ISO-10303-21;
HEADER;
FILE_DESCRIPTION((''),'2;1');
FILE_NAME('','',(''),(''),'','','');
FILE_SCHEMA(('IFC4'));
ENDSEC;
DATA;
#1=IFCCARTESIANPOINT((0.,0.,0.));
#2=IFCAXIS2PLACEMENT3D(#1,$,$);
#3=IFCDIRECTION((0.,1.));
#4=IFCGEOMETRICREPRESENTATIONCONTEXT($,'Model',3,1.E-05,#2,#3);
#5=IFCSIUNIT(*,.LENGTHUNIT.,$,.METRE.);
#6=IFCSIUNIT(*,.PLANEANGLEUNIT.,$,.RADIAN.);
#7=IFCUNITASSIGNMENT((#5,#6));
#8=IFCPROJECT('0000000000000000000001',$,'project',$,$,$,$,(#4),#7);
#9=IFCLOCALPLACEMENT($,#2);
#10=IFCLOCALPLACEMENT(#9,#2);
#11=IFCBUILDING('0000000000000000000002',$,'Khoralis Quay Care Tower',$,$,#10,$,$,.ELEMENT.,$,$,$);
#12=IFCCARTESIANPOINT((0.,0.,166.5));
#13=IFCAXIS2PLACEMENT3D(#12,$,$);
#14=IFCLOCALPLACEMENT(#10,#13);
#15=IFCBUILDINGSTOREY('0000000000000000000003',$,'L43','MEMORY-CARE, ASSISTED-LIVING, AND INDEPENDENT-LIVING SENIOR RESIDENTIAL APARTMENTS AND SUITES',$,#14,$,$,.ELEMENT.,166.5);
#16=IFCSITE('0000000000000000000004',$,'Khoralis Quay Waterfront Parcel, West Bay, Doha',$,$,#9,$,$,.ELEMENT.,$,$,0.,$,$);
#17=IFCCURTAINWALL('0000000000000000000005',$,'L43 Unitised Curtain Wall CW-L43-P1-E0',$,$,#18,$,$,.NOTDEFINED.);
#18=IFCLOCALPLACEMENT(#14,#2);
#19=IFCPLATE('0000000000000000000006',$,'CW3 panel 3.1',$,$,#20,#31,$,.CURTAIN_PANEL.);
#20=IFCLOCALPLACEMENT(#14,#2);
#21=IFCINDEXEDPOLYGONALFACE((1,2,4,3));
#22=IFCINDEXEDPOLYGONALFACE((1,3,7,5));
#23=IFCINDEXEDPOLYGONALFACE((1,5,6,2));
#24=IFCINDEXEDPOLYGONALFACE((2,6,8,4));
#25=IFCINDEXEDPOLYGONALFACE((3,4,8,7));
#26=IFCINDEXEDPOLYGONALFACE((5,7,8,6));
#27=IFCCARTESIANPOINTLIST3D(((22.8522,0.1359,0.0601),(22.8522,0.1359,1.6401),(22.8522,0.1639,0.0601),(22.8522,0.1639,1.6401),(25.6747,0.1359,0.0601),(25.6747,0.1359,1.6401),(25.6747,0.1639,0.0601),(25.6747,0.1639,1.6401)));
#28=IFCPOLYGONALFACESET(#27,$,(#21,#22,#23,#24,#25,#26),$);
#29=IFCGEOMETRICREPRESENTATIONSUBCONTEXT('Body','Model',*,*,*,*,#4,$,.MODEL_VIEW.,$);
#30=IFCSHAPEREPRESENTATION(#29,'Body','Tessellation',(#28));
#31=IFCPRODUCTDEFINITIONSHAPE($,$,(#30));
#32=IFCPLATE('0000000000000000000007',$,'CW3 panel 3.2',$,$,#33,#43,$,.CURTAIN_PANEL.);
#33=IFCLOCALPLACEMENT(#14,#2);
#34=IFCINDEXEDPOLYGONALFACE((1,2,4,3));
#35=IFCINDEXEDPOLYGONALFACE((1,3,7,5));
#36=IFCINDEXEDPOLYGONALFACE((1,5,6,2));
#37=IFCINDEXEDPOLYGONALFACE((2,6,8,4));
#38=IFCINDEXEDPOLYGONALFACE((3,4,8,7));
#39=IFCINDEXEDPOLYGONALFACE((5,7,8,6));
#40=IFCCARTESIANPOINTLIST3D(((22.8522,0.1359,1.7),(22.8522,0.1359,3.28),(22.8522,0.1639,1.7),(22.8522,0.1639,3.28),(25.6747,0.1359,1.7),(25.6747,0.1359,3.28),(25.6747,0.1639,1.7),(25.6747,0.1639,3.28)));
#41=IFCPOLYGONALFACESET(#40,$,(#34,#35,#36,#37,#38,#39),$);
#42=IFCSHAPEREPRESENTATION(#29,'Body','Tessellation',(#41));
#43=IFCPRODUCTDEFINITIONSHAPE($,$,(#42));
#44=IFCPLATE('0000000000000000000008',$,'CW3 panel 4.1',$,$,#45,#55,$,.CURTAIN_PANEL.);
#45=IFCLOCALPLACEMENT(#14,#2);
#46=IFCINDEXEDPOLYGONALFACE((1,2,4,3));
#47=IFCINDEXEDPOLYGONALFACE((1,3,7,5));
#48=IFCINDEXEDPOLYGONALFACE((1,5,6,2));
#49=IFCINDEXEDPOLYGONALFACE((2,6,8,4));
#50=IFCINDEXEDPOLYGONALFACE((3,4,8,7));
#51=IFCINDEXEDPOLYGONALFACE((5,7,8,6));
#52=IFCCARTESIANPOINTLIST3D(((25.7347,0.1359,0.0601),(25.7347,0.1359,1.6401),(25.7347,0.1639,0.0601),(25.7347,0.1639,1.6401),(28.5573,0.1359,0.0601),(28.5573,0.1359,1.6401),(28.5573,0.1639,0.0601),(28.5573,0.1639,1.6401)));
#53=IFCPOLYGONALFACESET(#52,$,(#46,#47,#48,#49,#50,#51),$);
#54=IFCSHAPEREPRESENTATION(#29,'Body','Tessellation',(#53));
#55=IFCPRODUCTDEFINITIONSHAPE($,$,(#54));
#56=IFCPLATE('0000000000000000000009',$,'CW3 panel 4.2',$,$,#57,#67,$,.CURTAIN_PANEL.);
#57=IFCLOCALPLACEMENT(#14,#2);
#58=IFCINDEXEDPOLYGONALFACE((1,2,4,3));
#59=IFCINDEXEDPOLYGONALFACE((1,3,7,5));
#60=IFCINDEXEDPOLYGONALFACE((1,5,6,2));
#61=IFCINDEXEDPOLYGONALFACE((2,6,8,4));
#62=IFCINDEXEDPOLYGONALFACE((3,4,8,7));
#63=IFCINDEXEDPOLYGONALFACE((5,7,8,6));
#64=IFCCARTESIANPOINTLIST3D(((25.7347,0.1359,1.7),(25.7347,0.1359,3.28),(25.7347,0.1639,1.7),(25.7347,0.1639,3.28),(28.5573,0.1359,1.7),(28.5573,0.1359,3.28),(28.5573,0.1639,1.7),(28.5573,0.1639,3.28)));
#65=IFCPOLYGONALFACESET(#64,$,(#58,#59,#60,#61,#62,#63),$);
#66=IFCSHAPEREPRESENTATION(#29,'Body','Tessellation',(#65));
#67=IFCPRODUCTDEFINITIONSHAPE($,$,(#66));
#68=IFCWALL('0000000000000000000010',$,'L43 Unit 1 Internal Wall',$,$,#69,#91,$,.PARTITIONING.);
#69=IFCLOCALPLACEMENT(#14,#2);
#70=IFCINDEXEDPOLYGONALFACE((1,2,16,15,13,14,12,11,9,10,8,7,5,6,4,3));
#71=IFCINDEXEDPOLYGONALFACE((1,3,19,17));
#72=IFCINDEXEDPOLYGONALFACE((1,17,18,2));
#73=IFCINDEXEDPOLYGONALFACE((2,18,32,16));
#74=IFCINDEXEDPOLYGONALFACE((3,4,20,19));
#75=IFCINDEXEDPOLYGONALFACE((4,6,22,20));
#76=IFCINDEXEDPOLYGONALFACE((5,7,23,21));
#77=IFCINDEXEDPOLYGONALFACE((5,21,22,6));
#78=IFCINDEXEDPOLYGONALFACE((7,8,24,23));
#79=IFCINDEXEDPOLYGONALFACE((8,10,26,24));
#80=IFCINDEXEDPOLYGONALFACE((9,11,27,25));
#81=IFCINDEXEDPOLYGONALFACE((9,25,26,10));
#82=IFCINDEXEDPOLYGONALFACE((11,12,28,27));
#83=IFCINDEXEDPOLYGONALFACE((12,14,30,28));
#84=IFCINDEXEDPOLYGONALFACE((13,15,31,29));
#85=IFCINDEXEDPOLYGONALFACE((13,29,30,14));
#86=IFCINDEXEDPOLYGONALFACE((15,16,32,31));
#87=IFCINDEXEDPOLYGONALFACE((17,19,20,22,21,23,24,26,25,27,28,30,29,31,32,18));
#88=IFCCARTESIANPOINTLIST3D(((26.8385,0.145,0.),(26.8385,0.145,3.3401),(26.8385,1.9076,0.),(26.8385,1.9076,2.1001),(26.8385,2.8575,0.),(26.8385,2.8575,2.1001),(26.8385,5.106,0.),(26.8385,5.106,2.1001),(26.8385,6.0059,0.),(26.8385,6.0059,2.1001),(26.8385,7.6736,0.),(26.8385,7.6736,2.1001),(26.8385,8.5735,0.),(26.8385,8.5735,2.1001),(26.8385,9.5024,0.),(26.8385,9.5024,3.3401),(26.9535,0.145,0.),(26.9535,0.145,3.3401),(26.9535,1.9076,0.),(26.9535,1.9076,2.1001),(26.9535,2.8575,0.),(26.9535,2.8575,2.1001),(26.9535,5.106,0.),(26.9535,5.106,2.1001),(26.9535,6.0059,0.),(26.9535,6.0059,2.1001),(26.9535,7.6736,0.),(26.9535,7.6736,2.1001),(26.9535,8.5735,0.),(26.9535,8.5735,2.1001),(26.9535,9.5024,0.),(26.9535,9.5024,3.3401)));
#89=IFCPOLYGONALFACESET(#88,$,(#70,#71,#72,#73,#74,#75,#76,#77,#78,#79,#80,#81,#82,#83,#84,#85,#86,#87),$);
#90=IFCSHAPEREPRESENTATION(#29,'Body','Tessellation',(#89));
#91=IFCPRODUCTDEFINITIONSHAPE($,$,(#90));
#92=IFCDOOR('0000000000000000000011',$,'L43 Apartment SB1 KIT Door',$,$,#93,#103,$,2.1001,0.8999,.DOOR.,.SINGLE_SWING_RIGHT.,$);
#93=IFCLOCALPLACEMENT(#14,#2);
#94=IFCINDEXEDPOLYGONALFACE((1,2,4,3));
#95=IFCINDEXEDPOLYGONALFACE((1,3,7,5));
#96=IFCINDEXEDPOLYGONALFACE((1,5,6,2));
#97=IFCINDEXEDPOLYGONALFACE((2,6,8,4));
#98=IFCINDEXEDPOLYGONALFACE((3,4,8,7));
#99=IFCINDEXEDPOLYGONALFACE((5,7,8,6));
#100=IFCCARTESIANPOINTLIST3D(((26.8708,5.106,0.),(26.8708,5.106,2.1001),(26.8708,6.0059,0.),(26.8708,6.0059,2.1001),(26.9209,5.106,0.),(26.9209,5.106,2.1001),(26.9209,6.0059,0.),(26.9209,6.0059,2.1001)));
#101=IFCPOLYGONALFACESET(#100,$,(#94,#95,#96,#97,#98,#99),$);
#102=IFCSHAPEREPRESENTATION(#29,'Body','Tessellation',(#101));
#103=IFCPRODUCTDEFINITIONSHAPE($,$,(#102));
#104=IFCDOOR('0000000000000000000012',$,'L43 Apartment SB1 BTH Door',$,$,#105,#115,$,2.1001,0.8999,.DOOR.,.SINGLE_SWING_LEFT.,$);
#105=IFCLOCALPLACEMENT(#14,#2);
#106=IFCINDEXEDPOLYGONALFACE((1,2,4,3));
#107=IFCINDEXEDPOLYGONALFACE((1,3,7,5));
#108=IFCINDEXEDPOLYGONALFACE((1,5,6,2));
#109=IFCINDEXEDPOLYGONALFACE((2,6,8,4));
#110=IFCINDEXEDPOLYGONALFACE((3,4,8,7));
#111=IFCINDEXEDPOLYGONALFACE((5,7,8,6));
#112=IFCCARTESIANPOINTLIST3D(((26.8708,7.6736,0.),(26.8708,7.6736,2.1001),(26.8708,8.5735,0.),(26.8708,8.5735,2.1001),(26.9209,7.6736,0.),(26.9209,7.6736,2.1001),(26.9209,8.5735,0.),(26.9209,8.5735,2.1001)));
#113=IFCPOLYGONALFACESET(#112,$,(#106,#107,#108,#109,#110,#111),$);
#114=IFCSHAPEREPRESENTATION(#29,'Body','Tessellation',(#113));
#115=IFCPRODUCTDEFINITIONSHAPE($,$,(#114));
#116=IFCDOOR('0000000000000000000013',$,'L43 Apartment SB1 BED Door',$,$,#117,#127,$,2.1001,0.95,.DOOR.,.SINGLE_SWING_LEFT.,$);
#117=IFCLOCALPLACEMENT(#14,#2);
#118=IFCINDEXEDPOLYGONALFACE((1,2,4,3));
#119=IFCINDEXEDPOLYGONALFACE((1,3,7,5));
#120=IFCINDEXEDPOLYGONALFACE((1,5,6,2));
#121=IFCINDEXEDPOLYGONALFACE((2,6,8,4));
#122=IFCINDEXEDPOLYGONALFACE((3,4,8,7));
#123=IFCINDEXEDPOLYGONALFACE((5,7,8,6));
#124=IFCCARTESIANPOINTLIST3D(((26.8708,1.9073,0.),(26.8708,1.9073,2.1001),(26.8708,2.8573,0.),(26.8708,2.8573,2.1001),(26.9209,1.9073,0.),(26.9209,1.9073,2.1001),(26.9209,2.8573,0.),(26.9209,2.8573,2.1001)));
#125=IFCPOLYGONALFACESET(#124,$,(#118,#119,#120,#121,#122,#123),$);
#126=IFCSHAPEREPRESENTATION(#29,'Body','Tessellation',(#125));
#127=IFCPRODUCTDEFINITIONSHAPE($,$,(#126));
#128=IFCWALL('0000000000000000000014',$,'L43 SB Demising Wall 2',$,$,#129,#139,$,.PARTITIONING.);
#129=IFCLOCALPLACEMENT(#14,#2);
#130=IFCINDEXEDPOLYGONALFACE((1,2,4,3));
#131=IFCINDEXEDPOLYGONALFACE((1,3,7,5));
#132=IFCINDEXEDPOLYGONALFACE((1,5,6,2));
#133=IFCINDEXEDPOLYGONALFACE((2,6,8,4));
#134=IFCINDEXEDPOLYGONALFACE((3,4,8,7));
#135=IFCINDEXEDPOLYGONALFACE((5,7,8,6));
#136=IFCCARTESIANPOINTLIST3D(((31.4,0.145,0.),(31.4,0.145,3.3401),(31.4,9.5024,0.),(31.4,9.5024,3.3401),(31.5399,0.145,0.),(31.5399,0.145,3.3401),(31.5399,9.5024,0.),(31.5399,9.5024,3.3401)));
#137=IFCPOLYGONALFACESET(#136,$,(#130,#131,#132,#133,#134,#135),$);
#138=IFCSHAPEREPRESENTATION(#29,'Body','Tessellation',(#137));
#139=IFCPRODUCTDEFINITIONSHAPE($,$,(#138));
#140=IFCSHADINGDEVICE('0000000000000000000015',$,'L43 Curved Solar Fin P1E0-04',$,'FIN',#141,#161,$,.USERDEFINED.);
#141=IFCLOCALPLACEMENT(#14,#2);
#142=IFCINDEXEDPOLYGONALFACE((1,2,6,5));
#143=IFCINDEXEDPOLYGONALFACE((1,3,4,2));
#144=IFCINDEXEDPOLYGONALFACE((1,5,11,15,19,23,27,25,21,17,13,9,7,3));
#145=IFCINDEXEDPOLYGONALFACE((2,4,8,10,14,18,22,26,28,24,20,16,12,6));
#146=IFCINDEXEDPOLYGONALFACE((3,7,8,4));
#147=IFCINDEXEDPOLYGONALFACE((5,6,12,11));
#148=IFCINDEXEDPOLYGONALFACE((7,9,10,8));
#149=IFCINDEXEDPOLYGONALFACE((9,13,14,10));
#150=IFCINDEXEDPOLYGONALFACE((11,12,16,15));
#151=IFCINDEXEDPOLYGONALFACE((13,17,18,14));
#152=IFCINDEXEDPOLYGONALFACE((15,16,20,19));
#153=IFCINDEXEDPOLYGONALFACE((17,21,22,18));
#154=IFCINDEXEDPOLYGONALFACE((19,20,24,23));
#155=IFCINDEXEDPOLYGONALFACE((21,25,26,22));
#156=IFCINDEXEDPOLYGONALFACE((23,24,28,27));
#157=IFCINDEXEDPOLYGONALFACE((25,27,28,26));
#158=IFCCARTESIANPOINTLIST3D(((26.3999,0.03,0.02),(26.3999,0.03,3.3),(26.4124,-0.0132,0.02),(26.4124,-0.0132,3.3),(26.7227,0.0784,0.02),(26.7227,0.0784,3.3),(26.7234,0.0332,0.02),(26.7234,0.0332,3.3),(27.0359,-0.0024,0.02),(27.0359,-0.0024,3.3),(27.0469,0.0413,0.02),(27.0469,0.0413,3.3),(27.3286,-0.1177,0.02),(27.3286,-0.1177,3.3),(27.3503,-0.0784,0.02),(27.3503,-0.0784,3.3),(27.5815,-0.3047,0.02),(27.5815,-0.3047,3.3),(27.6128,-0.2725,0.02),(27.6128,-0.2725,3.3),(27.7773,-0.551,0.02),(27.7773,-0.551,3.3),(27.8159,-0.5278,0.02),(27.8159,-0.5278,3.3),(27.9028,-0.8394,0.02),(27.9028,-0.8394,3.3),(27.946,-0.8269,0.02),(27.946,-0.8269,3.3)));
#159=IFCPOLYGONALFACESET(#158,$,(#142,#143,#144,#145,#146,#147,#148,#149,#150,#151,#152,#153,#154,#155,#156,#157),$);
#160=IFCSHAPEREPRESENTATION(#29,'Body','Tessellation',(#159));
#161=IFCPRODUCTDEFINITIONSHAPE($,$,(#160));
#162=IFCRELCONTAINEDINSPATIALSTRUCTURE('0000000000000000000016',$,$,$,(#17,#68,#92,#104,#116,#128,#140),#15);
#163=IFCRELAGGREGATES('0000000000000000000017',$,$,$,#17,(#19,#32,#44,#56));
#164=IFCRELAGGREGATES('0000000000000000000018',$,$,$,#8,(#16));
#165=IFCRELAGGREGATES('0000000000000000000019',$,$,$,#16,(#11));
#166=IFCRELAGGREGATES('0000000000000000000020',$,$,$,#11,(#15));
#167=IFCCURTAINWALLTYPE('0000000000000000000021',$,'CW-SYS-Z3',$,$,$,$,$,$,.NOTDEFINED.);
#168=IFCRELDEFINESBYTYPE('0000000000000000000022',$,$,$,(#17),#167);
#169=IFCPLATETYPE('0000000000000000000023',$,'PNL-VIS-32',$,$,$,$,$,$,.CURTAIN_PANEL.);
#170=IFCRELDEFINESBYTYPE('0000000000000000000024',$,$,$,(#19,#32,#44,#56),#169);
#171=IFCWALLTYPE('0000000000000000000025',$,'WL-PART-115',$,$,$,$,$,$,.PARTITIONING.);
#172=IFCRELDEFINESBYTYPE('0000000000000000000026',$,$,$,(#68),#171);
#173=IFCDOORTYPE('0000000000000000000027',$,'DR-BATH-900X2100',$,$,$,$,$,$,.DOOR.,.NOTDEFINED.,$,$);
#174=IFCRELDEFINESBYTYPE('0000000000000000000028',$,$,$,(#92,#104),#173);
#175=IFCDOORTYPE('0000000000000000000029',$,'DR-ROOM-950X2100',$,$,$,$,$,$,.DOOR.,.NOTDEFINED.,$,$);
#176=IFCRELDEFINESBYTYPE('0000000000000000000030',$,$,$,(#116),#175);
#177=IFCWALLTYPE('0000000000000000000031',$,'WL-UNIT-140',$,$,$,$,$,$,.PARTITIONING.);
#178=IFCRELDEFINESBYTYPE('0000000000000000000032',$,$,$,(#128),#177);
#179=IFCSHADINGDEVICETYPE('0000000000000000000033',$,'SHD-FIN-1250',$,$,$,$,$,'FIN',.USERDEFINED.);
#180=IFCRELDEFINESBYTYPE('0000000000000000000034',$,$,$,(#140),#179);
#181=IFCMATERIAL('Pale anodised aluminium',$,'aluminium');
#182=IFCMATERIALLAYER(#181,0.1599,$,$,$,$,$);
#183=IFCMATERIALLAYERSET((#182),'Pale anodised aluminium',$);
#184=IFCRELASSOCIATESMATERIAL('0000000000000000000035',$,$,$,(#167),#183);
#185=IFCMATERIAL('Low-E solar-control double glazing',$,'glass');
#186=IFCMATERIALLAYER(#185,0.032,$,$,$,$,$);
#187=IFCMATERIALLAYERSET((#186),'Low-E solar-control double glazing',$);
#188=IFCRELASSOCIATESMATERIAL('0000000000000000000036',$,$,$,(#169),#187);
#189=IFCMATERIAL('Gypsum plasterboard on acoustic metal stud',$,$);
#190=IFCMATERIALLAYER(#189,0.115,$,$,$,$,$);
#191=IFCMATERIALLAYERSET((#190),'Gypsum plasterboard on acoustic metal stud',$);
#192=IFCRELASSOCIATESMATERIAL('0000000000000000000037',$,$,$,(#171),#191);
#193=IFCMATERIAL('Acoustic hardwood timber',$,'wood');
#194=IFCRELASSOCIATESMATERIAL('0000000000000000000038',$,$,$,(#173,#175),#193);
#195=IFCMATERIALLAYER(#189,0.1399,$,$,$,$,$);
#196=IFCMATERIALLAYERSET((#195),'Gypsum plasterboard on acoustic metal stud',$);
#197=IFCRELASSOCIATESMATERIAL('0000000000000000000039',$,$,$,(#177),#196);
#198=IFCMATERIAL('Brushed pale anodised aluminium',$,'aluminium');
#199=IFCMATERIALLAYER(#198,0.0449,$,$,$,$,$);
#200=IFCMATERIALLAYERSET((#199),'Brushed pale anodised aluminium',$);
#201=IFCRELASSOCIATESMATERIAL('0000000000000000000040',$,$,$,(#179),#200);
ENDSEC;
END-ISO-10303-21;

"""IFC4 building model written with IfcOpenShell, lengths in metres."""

from ifc_helpers import new_model, si_unit, direction, frame, frame_2d, origin, origin_2d, place, context, subcontext, project, spatial, polyline, rectangle, outline, extrude, source, transform, mapped, material, layer, layer_set, type_object, element, fill, aggregate, save


model = new_model("IFC4")

# Units and contexts
model_context = context("Model", 3, precision=1e-05, world=origin(), true_north=direction((0.0, 1.0)))
body_context = subcontext(model_context, "Body", "Model", "MODEL_VIEW")
ifc_project = project(units=[si_unit("LENGTHUNIT", "METRE"), si_unit("PLANEANGLEUNIT", "RADIAN")], contexts=[model_context])

# Site, building, storey
site_placement = place(None, origin())
site = spatial("IfcSite", under=ifc_project, at=site_placement, Name="Khoralis Quay Waterfront Parcel, West Bay, Doha", CompositionType="ELEMENT", RefElevation=0.0)
building_placement = place(site_placement, origin())
building = spatial("IfcBuilding", under=site, at=building_placement, Name="Khoralis Quay Care Tower", CompositionType="ELEMENT")
storey_placement = place(building_placement, frame((0.0, 0.0, 166.5)))
storey = spatial("IfcBuildingStorey", under=building, at=storey_placement, Name="L43", Description="MEMORY-CARE, ASSISTED-LIVING, AND INDEPENDENT-LIVING SENIOR RESIDENTIAL APARTMENTS AND SUITES", CompositionType="ELEMENT", Elevation=166.5)

# Curtain wall, plates
ifc_material_1 = material(Name="Pale anodised aluminium", Category="aluminium")
ifc_layer_1 = layer(ifc_material_1, 0.1599)
ifc_layer_set_1 = layer_set([ifc_layer_1], Name="Pale anodised aluminium")
curtain_wall_type = type_object("IfcCurtainWallType", Name="CW-SYS-Z3", PredefinedType="NOTDEFINED", material=ifc_layer_set_1)
curtain_wall_placement = place(storey_placement, origin())
curtain_wall = element("IfcCurtainWall", 1, at=curtain_wall_placement, inside=storey, type_object=curtain_wall_type, Name="L43 Unitised Curtain Wall CW-L43-P1-E0", PredefinedType="NOTDEFINED")
ifc_material_2 = material(Name="Low-E solar-control double glazing", Category="glass")
ifc_layer_2 = layer(ifc_material_2, 0.032)
ifc_layer_set_2 = layer_set([ifc_layer_2], Name="Low-E solar-control double glazing")
plate_type = type_object("IfcPlateType", Name="PNL-VIS-32", PredefinedType="CURTAIN_PANEL", material=ifc_layer_set_2)
shared_shape_1 = source(origin(), body_context, "Body", "SweptSolid", [
    extrude(rectangle(XDim=2.8225, YDim=0.0281, at=origin_2d()), origin(), (0.0, 0.0, 1.0), 1.5801),
])
plate_1_placement = place(storey_placement, frame((24.2634, 0.1499, 0.0601), z_axis=(0.0, 0.0, 1.0), x_axis=(1.0, 0.0, 0.0)))
plate_1 = element("IfcPlate", 2, at=plate_1_placement, type_object=plate_type, Name="CW3 panel 3.1", PredefinedType="CURTAIN_PANEL", context=body_context, shape_type="MappedRepresentation", body=[
    mapped(shared_shape_1, transform((0.0, 0.0, 0.0), scale=1.0)),
])
plate_2_placement = place(storey_placement, frame((24.2634, 0.1499, 1.7), z_axis=(0.0, 0.0, 1.0), x_axis=(1.0, 0.0, 0.0)))
plate_2 = element("IfcPlate", 3, at=plate_2_placement, type_object=plate_type, Name="CW3 panel 3.2", PredefinedType="CURTAIN_PANEL", context=body_context, shape_type="MappedRepresentation", body=[
    mapped(shared_shape_1, transform((0.0, 0.0, 0.0), scale=1.0)),
])
plate_3_placement = place(storey_placement, frame((27.146, 0.1499, 0.0601), z_axis=(0.0, 0.0, 1.0), x_axis=(1.0, 0.0, 0.0)))
plate_3 = element("IfcPlate", 4, at=plate_3_placement, type_object=plate_type, Name="CW3 panel 4.1", PredefinedType="CURTAIN_PANEL", context=body_context, shape_type="MappedRepresentation", body=[
    mapped(shared_shape_1, transform((0.0, 0.0, 0.0), scale=1.0)),
])
plate_4_placement = place(storey_placement, frame((27.146, 0.1499, 1.7), z_axis=(0.0, 0.0, 1.0), x_axis=(1.0, 0.0, 0.0)))
plate_4 = element("IfcPlate", 5, at=plate_4_placement, type_object=plate_type, Name="CW3 panel 4.2", PredefinedType="CURTAIN_PANEL", context=body_context, shape_type="MappedRepresentation", body=[
    mapped(shared_shape_1, transform((0.0, 0.0, 0.0), scale=1.0)),
])
aggregate(curtain_wall, [plate_1, plate_2, plate_3, plate_4])

# Wall, openings, doors
ifc_material_3 = material(Name="Gypsum plasterboard on acoustic metal stud")
ifc_layer_3 = layer(ifc_material_3, 0.115)
ifc_layer_set_3 = layer_set([ifc_layer_3], Name="Gypsum plasterboard on acoustic metal stud")
wall_type_1 = type_object("IfcWallType", Name="WL-PART-115", PredefinedType="PARTITIONING", material=ifc_layer_set_3)
wall_1_placement = place(storey_placement, frame((26.896, 0.145, 0.0), z_axis=(0.0, 0.0, 1.0), x_axis=(0.0, 1.0, 0.0)))
wall_1 = element("IfcWall", 6, at=wall_1_placement, inside=storey, type_object=wall_type_1, Name="L43 Unit 1 Internal Wall", PredefinedType="PARTITIONING", context=body_context, shape_type="SweptSolid", body=[
    extrude(rectangle(XDim=9.3574, YDim=0.115, at=frame_2d((4.6787, 0.0))), origin(), (0.0, 0.0, 1.0), 3.3401),
])
opening_1_placement = place(wall_1_placement, frame((1.7625, 0.0, 0.0)))
opening_1 = element("IfcOpeningElement", 7, at=opening_1_placement, cuts=wall_1, PredefinedType="OPENING", context=body_context, shape_type="SweptSolid", body=[
    extrude(rectangle(XDim=0.95, YDim=2.1001, at=frame_2d((0.4751, 1.05))), frame((0.0, 0.0674, 0.0), z_axis=(0.0, -1.0, 0.0), x_axis=(1.0, 0.0, 0.0)), (0.0, 0.0, 1.0), 0.135),
])
opening_2_placement = place(wall_1_placement, frame((4.9609, 0.0, 0.0)))
opening_2 = element("IfcOpeningElement", 8, at=opening_2_placement, cuts=wall_1, PredefinedType="OPENING", context=body_context, shape_type="SweptSolid", body=[
    extrude(rectangle(XDim=0.8999, YDim=2.1001, at=frame_2d((0.45, 1.05))), frame((0.0, 0.0674, 0.0), z_axis=(0.0, -1.0, 0.0), x_axis=(1.0, 0.0, 0.0)), (0.0, 0.0, 1.0), 0.135),
])
opening_3_placement = place(wall_1_placement, frame((7.5286, 0.0, 0.0)))
opening_3 = element("IfcOpeningElement", 9, at=opening_3_placement, cuts=wall_1, PredefinedType="OPENING", context=body_context, shape_type="SweptSolid", body=[
    extrude(rectangle(XDim=0.8999, YDim=2.1001, at=frame_2d((0.45, 1.05))), frame((0.0, 0.0674, 0.0), z_axis=(0.0, -1.0, 0.0), x_axis=(1.0, 0.0, 0.0)), (0.0, 0.0, 1.0), 0.135),
])
ifc_material_4 = material(Name="Acoustic hardwood timber", Category="wood")
door_type_1 = type_object("IfcDoorType", Name="DR-BATH-900X2100", OperationType="NOTDEFINED", PredefinedType="DOOR", material=ifc_material_4)
shared_shape_2 = source(origin(), body_context, "Body", "SweptSolid", [
    extrude(rectangle(XDim=0.8999, YDim=2.1001, at=frame_2d((0.45, 1.05))), frame((0.0, 0.0249, 0.0), z_axis=(0.0, -1.0, 0.0), x_axis=(1.0, 0.0, 0.0)), (0.0, 0.0, 1.0), 0.05),
])
door_1_placement = place(opening_2_placement, frame((0.8999, 0.0, 0.0), z_axis=(0.0, 0.0, 1.0), x_axis=(-1.0, 0.0, 0.0)))
door_1 = element("IfcDoor", 10, at=door_1_placement, inside=storey, type_object=door_type_1, Name="L43 Apartment SB1 KIT Door", OperationType="SINGLE_SWING_RIGHT", OverallHeight=2.1001, OverallWidth=0.8999, PredefinedType="DOOR", context=body_context, shape_type="MappedRepresentation", body=[
    mapped(shared_shape_2, transform((0.0, 0.0, 0.0), scale=1.0)),
])
fill(opening_2, door_1)
door_2_placement = place(opening_3_placement, frame((0.8999, 0.0, 0.0), z_axis=(0.0, 0.0, 1.0), x_axis=(-1.0, 0.0, 0.0)))
door_2 = element("IfcDoor", 11, at=door_2_placement, inside=storey, type_object=door_type_1, Name="L43 Apartment SB1 BTH Door", OperationType="SINGLE_SWING_LEFT", OverallHeight=2.1001, OverallWidth=0.8999, PredefinedType="DOOR", context=body_context, shape_type="MappedRepresentation", body=[
    mapped(shared_shape_2, transform((0.0, 0.0, 0.0), scale=1.0)),
])
fill(opening_3, door_2)
door_type_2 = type_object("IfcDoorType", Name="DR-ROOM-950X2100", OperationType="NOTDEFINED", PredefinedType="DOOR", material=ifc_material_4)
shared_shape_3 = source(origin(), body_context, "Body", "SweptSolid", [
    extrude(rectangle(XDim=0.95, YDim=2.1001, at=frame_2d((0.4751, 1.05))), frame((0.0, 0.0249, 0.0), z_axis=(0.0, -1.0, 0.0), x_axis=(1.0, 0.0, 0.0)), (0.0, 0.0, 1.0), 0.05),
])
door_3_placement = place(opening_1_placement, frame((0.95, 0.0, 0.0), z_axis=(0.0, 0.0, 1.0), x_axis=(-1.0, 0.0, 0.0)))
door_3 = element("IfcDoor", 12, at=door_3_placement, inside=storey, type_object=door_type_2, Name="L43 Apartment SB1 BED Door", OperationType="SINGLE_SWING_LEFT", OverallHeight=2.1001, OverallWidth=0.95, PredefinedType="DOOR", context=body_context, shape_type="MappedRepresentation", body=[
    mapped(shared_shape_3, transform((0.0, 0.0, 0.0), scale=1.0)),
])
fill(opening_1, door_3)

# Wall
ifc_layer_4 = layer(ifc_material_3, 0.1399)
ifc_layer_set_4 = layer_set([ifc_layer_4], Name="Gypsum plasterboard on acoustic metal stud")
wall_type_2 = type_object("IfcWallType", Name="WL-UNIT-140", PredefinedType="PARTITIONING", material=ifc_layer_set_4)
wall_2_placement = place(storey_placement, frame((31.47, 0.145, 0.0), z_axis=(0.0, 0.0, 1.0), x_axis=(0.0, 1.0, 0.0)))
element("IfcWall", 13, at=wall_2_placement, inside=storey, type_object=wall_type_2, Name="L43 SB Demising Wall 2", PredefinedType="PARTITIONING", context=body_context, shape_type="SweptSolid", body=[
    extrude(rectangle(XDim=9.3574, YDim=0.1399, at=frame_2d((4.6787, 0.0))), origin(), (0.0, 0.0, 1.0), 3.3401),
])

# Shading device
ifc_material_5 = material(Name="Brushed pale anodised aluminium", Category="aluminium")
ifc_layer_5 = layer(ifc_material_5, 0.0449)
ifc_layer_set_5 = layer_set([ifc_layer_5], Name="Brushed pale anodised aluminium")
shading_device_type = type_object("IfcShadingDeviceType", Name="SHD-FIN-1250", ElementType="FIN", PredefinedType="USERDEFINED", material=ifc_layer_set_5)
shared_shape_4 = source(origin(), body_context, "Body", "SweptSolid", [
    extrude(outline(polyline([(0.0, 0.0), (-0.0483, 0.3228), (-0.0112, 0.647), (0.1084, 0.9504), (0.3025, 1.2129), (0.5579, 1.416), (0.8569, 1.5461), (0.8694, 1.5029), (0.5811, 1.3774), (0.3347, 1.1816), (0.1477, 0.9287), (0.0325, 0.636), (-0.0032, 0.3235), (0.0432, 0.0125), (0.0, 0.0)])), origin(), (0.0, 0.0, 1.0), 3.28),
])
for number, where, z_axis, x_axis, name in (
    (14, (26.3999, 0.03, 0.02), (0.0, 0.0, 1.0), (0.0, -1.0, 0.0), "L43 Curved Solar Fin P1E0-04"),
):
    element("IfcShadingDevice", number, at=place(storey_placement, frame(where, z_axis=z_axis, x_axis=x_axis)), inside=storey, type_object=shading_device_type, Name=name, ObjectType="FIN", PredefinedType="USERDEFINED", context=body_context, shape_type="MappedRepresentation", body=[
        mapped(shared_shape_4, transform((0.0, 0.0, 0.0), scale=1.0)),
    ])

save(model, "model.ifc")
